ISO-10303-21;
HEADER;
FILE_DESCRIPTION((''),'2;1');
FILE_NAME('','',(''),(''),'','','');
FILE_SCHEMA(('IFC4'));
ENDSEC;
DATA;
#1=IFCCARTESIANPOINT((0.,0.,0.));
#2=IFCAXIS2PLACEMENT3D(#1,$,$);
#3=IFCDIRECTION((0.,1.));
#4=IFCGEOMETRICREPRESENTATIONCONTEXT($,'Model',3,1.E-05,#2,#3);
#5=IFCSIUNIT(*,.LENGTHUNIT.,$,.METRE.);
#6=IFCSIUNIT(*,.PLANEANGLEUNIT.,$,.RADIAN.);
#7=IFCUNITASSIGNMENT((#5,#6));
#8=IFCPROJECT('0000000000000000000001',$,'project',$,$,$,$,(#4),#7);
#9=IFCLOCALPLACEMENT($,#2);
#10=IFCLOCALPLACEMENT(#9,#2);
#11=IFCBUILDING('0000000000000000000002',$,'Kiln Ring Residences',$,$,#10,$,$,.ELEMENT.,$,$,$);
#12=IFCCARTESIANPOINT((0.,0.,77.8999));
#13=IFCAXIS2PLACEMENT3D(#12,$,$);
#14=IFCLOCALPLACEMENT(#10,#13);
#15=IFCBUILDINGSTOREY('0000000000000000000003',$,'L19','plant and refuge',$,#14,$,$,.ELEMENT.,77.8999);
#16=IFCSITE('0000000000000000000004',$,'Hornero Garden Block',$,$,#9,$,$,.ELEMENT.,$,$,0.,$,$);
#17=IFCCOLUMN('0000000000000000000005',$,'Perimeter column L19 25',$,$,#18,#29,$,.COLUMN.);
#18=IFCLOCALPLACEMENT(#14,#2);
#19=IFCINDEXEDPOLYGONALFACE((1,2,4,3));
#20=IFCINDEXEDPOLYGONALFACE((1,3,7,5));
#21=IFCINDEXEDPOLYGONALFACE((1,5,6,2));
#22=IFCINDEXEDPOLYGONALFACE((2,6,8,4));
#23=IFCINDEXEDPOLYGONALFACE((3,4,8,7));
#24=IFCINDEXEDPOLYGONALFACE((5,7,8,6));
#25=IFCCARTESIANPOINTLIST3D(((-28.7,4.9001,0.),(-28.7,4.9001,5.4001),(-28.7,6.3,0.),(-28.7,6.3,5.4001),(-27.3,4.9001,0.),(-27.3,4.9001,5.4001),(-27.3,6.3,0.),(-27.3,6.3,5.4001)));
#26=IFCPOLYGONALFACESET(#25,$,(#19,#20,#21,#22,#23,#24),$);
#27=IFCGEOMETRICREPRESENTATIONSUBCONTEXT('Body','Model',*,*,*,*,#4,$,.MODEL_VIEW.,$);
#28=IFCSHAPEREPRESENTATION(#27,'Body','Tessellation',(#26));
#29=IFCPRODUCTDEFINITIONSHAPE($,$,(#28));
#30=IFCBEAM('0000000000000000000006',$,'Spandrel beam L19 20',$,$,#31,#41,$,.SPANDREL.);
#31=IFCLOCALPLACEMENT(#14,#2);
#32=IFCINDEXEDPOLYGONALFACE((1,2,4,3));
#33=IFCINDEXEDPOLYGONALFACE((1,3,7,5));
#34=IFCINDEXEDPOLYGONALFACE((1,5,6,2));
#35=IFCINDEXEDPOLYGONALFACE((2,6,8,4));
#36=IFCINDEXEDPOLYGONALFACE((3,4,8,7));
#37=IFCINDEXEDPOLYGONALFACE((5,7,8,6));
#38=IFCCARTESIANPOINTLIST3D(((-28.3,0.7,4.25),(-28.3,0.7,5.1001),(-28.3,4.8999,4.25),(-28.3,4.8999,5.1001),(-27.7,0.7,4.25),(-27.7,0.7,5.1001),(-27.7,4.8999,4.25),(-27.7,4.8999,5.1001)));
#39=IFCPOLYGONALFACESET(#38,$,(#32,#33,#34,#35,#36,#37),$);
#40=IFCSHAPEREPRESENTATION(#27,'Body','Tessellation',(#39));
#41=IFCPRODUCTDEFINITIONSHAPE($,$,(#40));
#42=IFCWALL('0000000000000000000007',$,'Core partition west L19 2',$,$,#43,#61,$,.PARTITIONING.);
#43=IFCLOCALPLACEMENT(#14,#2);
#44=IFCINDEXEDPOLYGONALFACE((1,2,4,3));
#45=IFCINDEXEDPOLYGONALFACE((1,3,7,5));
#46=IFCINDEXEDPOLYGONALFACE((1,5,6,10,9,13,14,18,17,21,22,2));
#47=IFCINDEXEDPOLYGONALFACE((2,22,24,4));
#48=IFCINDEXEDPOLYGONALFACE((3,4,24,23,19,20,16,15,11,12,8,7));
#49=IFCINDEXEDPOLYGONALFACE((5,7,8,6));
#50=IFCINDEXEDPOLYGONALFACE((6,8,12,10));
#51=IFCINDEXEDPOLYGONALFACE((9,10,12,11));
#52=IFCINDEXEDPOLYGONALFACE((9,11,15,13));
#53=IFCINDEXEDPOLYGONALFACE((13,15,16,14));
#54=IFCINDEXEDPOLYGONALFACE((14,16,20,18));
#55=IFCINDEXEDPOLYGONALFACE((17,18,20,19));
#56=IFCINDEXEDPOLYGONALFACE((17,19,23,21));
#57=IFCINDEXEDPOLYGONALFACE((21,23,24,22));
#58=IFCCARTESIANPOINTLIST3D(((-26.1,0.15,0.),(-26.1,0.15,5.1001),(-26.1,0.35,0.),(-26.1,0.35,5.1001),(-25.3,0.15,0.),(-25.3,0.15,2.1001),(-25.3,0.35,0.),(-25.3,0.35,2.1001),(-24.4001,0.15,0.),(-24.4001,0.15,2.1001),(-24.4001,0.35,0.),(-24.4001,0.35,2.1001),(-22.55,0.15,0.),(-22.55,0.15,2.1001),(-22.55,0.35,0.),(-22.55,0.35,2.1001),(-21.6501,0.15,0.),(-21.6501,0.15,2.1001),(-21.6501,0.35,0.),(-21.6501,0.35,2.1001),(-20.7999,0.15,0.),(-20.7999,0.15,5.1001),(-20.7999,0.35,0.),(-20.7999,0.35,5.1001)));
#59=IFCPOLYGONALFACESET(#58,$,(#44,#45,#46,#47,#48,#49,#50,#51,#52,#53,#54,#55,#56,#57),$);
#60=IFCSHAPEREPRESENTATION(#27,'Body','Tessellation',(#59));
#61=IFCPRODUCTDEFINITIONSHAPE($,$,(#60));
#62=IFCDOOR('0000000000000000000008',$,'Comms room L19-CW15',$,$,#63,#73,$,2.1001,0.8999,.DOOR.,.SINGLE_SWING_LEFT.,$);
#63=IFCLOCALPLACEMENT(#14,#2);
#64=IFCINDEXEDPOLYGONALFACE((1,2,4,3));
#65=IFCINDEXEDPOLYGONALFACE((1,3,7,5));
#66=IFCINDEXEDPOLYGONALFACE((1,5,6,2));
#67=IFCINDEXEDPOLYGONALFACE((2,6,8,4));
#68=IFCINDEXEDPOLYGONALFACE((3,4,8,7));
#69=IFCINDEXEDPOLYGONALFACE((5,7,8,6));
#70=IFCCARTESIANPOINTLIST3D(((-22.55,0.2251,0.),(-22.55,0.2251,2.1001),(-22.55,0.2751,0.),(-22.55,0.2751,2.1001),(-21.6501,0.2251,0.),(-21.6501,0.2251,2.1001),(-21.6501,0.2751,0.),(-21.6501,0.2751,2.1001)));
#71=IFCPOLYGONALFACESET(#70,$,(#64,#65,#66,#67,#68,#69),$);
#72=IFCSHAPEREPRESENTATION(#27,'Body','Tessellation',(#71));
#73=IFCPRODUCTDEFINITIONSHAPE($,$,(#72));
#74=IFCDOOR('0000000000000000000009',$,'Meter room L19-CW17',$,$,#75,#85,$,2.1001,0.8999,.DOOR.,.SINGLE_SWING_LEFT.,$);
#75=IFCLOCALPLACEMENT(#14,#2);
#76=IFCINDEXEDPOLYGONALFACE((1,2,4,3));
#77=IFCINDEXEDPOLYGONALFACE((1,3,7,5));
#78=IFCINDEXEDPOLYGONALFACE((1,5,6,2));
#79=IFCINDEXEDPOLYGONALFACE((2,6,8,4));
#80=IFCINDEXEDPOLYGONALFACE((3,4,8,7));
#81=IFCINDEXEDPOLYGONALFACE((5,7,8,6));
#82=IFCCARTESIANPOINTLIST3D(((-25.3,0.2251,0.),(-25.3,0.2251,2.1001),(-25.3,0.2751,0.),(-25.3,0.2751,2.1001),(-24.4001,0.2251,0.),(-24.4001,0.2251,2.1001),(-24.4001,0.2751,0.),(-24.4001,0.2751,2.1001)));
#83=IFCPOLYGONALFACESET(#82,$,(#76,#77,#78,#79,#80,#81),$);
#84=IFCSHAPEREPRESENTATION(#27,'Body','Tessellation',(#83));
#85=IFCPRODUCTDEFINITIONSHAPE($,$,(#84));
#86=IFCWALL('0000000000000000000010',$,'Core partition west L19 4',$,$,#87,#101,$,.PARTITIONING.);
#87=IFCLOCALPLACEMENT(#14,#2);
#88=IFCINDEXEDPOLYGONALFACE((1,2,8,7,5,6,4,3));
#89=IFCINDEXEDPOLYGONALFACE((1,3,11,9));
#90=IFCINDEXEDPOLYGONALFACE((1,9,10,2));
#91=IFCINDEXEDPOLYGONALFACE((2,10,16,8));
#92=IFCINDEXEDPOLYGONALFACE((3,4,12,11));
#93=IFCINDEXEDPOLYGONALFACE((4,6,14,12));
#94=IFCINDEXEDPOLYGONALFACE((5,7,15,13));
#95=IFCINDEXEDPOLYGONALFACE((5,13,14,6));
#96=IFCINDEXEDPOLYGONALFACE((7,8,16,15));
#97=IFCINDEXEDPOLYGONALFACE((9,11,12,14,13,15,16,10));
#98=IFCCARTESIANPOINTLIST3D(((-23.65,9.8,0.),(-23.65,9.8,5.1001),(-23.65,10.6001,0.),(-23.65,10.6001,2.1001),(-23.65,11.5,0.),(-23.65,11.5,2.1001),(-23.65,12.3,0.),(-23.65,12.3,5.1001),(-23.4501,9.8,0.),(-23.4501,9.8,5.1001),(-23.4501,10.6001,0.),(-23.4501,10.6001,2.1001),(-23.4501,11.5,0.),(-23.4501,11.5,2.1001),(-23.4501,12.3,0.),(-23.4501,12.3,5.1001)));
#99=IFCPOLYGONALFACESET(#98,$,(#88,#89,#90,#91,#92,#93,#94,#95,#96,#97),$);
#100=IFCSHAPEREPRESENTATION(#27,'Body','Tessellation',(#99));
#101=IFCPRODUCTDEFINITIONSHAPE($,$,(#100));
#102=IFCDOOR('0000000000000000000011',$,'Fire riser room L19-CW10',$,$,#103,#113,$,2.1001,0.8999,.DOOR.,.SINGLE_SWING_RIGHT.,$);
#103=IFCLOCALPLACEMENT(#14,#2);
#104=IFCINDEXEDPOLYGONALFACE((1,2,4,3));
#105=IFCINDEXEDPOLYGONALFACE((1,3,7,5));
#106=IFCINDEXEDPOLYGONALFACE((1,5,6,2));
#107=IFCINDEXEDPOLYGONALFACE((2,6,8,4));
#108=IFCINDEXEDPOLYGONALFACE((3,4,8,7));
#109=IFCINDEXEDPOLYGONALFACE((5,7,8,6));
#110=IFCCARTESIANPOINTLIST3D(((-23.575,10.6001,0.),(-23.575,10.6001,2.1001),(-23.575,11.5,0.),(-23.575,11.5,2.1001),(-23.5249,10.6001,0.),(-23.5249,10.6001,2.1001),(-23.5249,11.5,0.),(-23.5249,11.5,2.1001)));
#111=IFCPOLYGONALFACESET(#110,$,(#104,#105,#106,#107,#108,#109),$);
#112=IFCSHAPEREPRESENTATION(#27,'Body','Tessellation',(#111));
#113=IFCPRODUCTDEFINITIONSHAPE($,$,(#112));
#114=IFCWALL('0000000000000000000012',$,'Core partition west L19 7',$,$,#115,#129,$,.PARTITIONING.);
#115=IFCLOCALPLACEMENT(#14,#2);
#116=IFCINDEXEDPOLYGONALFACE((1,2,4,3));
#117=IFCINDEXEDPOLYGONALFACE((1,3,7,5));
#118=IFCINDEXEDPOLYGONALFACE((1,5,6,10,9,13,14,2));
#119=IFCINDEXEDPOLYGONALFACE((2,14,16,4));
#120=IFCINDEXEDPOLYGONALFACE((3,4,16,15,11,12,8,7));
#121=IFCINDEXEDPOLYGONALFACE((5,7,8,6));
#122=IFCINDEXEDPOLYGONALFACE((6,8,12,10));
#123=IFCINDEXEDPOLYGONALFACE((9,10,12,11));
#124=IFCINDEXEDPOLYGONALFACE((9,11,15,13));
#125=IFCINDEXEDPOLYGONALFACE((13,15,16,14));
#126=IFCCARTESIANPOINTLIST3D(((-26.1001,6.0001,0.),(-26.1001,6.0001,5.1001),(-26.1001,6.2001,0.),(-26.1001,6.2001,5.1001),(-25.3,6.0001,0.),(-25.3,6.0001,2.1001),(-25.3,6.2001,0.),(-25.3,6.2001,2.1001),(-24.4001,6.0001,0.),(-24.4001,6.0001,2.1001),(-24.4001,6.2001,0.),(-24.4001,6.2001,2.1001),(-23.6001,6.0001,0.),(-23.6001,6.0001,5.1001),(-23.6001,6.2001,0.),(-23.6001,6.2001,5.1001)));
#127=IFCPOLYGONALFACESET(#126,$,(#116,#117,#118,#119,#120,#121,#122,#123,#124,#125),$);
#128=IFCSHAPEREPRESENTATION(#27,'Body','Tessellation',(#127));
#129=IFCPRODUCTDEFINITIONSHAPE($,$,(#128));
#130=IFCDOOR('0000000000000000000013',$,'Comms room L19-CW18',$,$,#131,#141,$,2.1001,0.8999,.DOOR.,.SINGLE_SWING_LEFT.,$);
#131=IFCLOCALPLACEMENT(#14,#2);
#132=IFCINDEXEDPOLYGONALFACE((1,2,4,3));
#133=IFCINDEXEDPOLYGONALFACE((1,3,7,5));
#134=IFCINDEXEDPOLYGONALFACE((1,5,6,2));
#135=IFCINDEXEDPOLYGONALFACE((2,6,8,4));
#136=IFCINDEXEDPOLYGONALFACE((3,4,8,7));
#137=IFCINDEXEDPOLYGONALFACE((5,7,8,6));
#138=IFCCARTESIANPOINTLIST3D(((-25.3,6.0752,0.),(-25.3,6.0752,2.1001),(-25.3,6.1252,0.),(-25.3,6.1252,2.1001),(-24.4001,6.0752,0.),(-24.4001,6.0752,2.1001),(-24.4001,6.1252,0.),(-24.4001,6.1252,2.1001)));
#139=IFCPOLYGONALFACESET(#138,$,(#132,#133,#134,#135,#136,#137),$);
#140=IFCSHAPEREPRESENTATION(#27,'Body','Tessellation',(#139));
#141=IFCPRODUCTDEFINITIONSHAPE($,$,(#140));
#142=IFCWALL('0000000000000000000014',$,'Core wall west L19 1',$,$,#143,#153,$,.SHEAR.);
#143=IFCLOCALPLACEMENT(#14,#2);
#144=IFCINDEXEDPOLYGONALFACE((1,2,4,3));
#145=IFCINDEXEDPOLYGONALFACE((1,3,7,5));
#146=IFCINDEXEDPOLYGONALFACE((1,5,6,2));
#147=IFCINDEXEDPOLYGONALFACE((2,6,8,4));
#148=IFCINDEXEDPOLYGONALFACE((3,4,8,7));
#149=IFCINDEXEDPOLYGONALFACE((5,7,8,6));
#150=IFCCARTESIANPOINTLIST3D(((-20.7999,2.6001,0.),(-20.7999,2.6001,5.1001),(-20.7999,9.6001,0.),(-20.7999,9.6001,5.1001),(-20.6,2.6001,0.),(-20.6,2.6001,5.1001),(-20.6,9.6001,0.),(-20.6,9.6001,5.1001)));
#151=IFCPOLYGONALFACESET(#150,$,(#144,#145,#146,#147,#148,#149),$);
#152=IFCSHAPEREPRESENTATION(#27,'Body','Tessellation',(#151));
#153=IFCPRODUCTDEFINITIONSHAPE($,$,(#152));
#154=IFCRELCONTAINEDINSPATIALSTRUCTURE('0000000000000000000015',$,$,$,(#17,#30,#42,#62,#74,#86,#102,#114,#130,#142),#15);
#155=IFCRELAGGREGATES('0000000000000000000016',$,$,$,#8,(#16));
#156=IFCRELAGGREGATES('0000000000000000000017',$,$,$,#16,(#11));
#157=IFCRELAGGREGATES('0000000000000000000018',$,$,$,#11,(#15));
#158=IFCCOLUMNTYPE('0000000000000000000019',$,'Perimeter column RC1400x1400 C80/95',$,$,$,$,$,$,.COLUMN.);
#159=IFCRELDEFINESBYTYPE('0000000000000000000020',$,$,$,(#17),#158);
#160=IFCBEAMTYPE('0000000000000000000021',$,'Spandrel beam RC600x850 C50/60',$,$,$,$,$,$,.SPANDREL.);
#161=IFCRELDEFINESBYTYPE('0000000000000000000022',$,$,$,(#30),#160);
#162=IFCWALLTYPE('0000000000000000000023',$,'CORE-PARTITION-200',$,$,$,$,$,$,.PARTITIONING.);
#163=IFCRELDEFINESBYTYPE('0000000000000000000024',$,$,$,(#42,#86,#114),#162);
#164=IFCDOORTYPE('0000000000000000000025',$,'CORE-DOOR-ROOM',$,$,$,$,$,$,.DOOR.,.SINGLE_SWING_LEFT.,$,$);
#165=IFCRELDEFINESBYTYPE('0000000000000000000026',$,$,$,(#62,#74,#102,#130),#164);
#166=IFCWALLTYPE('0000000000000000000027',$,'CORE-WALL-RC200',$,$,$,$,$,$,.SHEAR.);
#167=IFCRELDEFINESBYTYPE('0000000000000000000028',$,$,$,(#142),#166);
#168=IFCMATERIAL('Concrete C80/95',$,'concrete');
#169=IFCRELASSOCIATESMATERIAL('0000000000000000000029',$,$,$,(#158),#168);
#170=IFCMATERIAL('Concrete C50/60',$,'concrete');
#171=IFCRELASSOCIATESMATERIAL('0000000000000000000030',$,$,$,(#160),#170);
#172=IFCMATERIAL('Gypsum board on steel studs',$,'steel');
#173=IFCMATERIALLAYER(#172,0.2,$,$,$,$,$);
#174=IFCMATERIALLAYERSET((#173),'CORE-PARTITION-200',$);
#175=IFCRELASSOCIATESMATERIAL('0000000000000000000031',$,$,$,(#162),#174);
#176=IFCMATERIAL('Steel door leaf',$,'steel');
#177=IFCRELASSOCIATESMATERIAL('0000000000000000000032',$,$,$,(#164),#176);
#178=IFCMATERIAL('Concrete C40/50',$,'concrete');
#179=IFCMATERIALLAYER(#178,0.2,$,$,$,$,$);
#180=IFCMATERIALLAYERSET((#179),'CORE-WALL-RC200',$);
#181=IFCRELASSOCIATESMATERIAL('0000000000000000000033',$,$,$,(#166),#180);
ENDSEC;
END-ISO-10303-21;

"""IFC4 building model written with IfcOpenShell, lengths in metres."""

from ifc_helpers import new_model, si_unit, direction, frame, frame_2d, origin, origin_2d, place, context, subcontext, project, spatial, rectangle, extrude, material, layer, layer_set, material_profile, profile_set, type_object, element, fill, save


model = new_model("IFC4")

# Units and contexts
model_context = context("Model", 3, precision=1e-05, world=origin(), true_north=direction((0.0, 1.0)))
body_context = subcontext(model_context, "Body", "Model", "MODEL_VIEW")
ifc_project = project(units=[si_unit("LENGTHUNIT", "METRE"), si_unit("PLANEANGLEUNIT", "RADIAN")], contexts=[model_context])

# Site, building, storey
site_placement = place(None, origin())
site = spatial("IfcSite", under=ifc_project, at=site_placement, Name="Hornero Garden Block", CompositionType="ELEMENT", RefElevation=0.0)
building_placement = place(site_placement, origin())
building = spatial("IfcBuilding", under=site, at=building_placement, Name="Kiln Ring Residences", CompositionType="ELEMENT")
storey_placement = place(building_placement, frame((0.0, 0.0, 77.8999)))
storey = spatial("IfcBuildingStorey", under=building, at=storey_placement, Name="L19", Description="plant and refuge", CompositionType="ELEMENT", Elevation=77.8999)

# Column
ifc_material_1 = material(Name="Concrete C80/95", Category="concrete")
ifc_material_profile_1 = material_profile(ifc_material_1, rectangle(XDim=1.3999, YDim=1.3999, at=origin_2d()), Name="RC1400x1400")
ifc_profile_set_1 = profile_set([ifc_material_profile_1], Name="Concrete C80/95")
column_type = type_object("IfcColumnType", Name="Perimeter column RC1400x1400 C80/95", PredefinedType="COLUMN", material=ifc_profile_set_1)
column_placement = place(storey_placement, frame((-28.0, 5.6001, 0.0), z_axis=(0.0, 0.0, 1.0), x_axis=(1.0, 0.0, 0.0)))
element("IfcColumn", 1, at=column_placement, inside=storey, type_object=column_type, Name="Perimeter column L19 25", PredefinedType="COLUMN", context=body_context, shape_type="SweptSolid", body=[
    extrude(rectangle(XDim=1.3999, YDim=1.3999, at=origin_2d()), origin(), (0.0, 0.0, 1.0), 5.4001),
])

# Beam
ifc_material_2 = material(Name="Concrete C50/60", Category="concrete")
ifc_material_profile_2 = material_profile(ifc_material_2, rectangle(XDim=0.6001, YDim=0.8501, at=origin_2d()), Name="RC600x850")
ifc_profile_set_2 = profile_set([ifc_material_profile_2], Name="Concrete C50/60")
beam_type = type_object("IfcBeamType", Name="Spandrel beam RC600x850 C50/60", PredefinedType="SPANDREL", material=ifc_profile_set_2)
beam_placement = place(storey_placement, frame((-28.0, 4.8999, 4.675), z_axis=(0.0, -1.0, 0.0), x_axis=(1.0, 0.0, 0.0)))
element("IfcBeam", 2, at=beam_placement, inside=storey, type_object=beam_type, Name="Spandrel beam L19 20", PredefinedType="SPANDREL", context=body_context, shape_type="SweptSolid", body=[
    extrude(rectangle(XDim=0.6001, YDim=0.8501, at=origin_2d()), origin(), (0.0, 0.0, 1.0), 4.2),
])

# Wall, openings, doors
ifc_material_3 = material(Name="Gypsum board on steel studs", Category="steel")
ifc_layer_1 = layer(ifc_material_3, 0.2)
ifc_layer_set_1 = layer_set([ifc_layer_1], Name="CORE-PARTITION-200")
wall_type_1 = type_object("IfcWallType", Name="CORE-PARTITION-200", PredefinedType="PARTITIONING", material=ifc_layer_set_1)
wall_1_placement = place(storey_placement, frame((-20.8, 0.25, 0.0), z_axis=(0.0, 0.0, 1.0), x_axis=(-1.0, 0.0, 0.0)))
wall_1 = element("IfcWall", 3, at=wall_1_placement, inside=storey, type_object=wall_type_1, Name="Core partition west L19 2", PredefinedType="PARTITIONING", context=body_context, shape_type="SweptSolid", body=[
    extrude(rectangle(XDim=5.3, YDim=0.2, at=frame_2d((2.6499, 0.0))), origin(), (0.0, 0.0, 1.0), 5.1001),
])
opening_1_placement = place(wall_1_placement, frame((0.8501, 0.0, 0.0)))
opening_1 = element("IfcOpeningElement", 4, at=opening_1_placement, cuts=wall_1, PredefinedType="OPENING", context=body_context, shape_type="SweptSolid", body=[
    extrude(rectangle(XDim=0.8999, YDim=2.1001, at=frame_2d((0.45, 1.05))), frame((0.0, 0.1099, 0.0), z_axis=(0.0, -1.0, 0.0), x_axis=(1.0, 0.0, 0.0)), (0.0, 0.0, 1.0), 0.22),
])
opening_2_placement = place(wall_1_placement, frame((3.6001, 0.0, 0.0)))
opening_2 = element("IfcOpeningElement", 5, at=opening_2_placement, cuts=wall_1, PredefinedType="OPENING", context=body_context, shape_type="SweptSolid", body=[
    extrude(rectangle(XDim=0.8999, YDim=2.1001, at=frame_2d((0.45, 1.05))), frame((0.0, 0.1099, 0.0), z_axis=(0.0, -1.0, 0.0), x_axis=(1.0, 0.0, 0.0)), (0.0, 0.0, 1.0), 0.22),
])
ifc_material_4 = material(Name="Steel door leaf", Category="steel")
door_type = type_object("IfcDoorType", Name="CORE-DOOR-ROOM", OperationType="SINGLE_SWING_LEFT", PredefinedType="DOOR", material=ifc_material_4)
door_1_placement = place(opening_1_placement, origin())
door_1 = element("IfcDoor", 6, at=door_1_placement, inside=storey, type_object=door_type, Name="Comms room L19-CW15", OperationType="SINGLE_SWING_LEFT", OverallHeight=2.1001, OverallWidth=0.8999, PredefinedType="DOOR", context=body_context, shape_type="SweptSolid", body=[
    extrude(rectangle(XDim=0.8999, YDim=2.1001, at=frame_2d((0.45, 1.05))), frame((0.0, 0.0249, 0.0), z_axis=(0.0, -1.0, 0.0), x_axis=(1.0, 0.0, 0.0)), (0.0, 0.0, 1.0), 0.05),
])
fill(opening_1, door_1)
door_2_placement = place(opening_2_placement, origin())
door_2 = element("IfcDoor", 7, at=door_2_placement, inside=storey, type_object=door_type, Name="Meter room L19-CW17", OperationType="SINGLE_SWING_LEFT", OverallHeight=2.1001, OverallWidth=0.8999, PredefinedType="DOOR", context=body_context, shape_type="SweptSolid", body=[
    extrude(rectangle(XDim=0.8999, YDim=2.1001, at=frame_2d((0.45, 1.05))), frame((0.0, 0.0249, 0.0), z_axis=(0.0, -1.0, 0.0), x_axis=(1.0, 0.0, 0.0)), (0.0, 0.0, 1.0), 0.05),
])
fill(opening_2, door_2)

# Walls, openings, doors
wall_2_placement = place(storey_placement, frame((-23.55, 9.8, 0.0), z_axis=(0.0, 0.0, 1.0), x_axis=(0.0, 1.0, 0.0)))
wall_2 = element("IfcWall", 8, at=wall_2_placement, inside=storey, type_object=wall_type_1, Name="Core partition west L19 4", PredefinedType="PARTITIONING", context=body_context, shape_type="SweptSolid", body=[
    extrude(rectangle(XDim=2.5, YDim=0.2, at=frame_2d((1.25, 0.0))), origin(), (0.0, 0.0, 1.0), 5.1001),
])
opening_3_placement = place(wall_2_placement, frame((0.8, 0.0, 0.0)))
opening_3 = element("IfcOpeningElement", 9, at=opening_3_placement, cuts=wall_2, PredefinedType="OPENING", context=body_context, shape_type="SweptSolid", body=[
    extrude(rectangle(XDim=0.8999, YDim=2.1001, at=frame_2d((0.45, 1.05))), frame((0.0, 0.1099, 0.0), z_axis=(0.0, -1.0, 0.0), x_axis=(1.0, 0.0, 0.0)), (0.0, 0.0, 1.0), 0.22),
])
door_3_placement = place(opening_3_placement, origin())
door_3 = element("IfcDoor", 10, at=door_3_placement, inside=storey, type_object=door_type, Name="Fire riser room L19-CW10", OperationType="SINGLE_SWING_RIGHT", OverallHeight=2.1001, OverallWidth=0.8999, PredefinedType="DOOR", context=body_context, shape_type="SweptSolid", body=[
    extrude(rectangle(XDim=0.8999, YDim=2.1001, at=frame_2d((0.45, 1.05))), frame((0.0, 0.0249, 0.0), z_axis=(0.0, -1.0, 0.0), x_axis=(1.0, 0.0, 0.0)), (0.0, 0.0, 1.0), 0.05),
])
fill(opening_3, door_3)
wall_3_placement = place(storey_placement, frame((-23.6001, 6.1001, 0.0), z_axis=(0.0, 0.0, 1.0), x_axis=(-1.0, 0.0, 0.0)))
wall_3 = element("IfcWall", 11, at=wall_3_placement, inside=storey, type_object=wall_type_1, Name="Core partition west L19 7", PredefinedType="PARTITIONING", context=body_context, shape_type="SweptSolid", body=[
    extrude(rectangle(XDim=2.5, YDim=0.2, at=frame_2d((1.25, 0.0))), origin(), (0.0, 0.0, 1.0), 5.1001),
])
opening_4_placement = place(wall_3_placement, frame((0.8, 0.0, 0.0)))
opening_4 = element("IfcOpeningElement", 12, at=opening_4_placement, cuts=wall_3, PredefinedType="OPENING", context=body_context, shape_type="SweptSolid", body=[
    extrude(rectangle(XDim=0.8999, YDim=2.1001, at=frame_2d((0.45, 1.05))), frame((0.0, 0.1099, 0.0), z_axis=(0.0, -1.0, 0.0), x_axis=(1.0, 0.0, 0.0)), (0.0, 0.0, 1.0), 0.22),
])
door_4_placement = place(opening_4_placement, origin())
door_4 = element("IfcDoor", 13, at=door_4_placement, inside=storey, type_object=door_type, Name="Comms room L19-CW18", OperationType="SINGLE_SWING_LEFT", OverallHeight=2.1001, OverallWidth=0.8999, PredefinedType="DOOR", context=body_context, shape_type="SweptSolid", body=[
    extrude(rectangle(XDim=0.8999, YDim=2.1001, at=frame_2d((0.45, 1.05))), frame((0.0, 0.0249, 0.0), z_axis=(0.0, -1.0, 0.0), x_axis=(1.0, 0.0, 0.0)), (0.0, 0.0, 1.0), 0.05),
])
fill(opening_4, door_4)

# Wall
ifc_material_5 = material(Name="Concrete C40/50", Category="concrete")
ifc_layer_2 = layer(ifc_material_5, 0.2)
ifc_layer_set_2 = layer_set([ifc_layer_2], Name="CORE-WALL-RC200")
wall_type_2 = type_object("IfcWallType", Name="CORE-WALL-RC200", PredefinedType="SHEAR", material=ifc_layer_set_2)
wall_4_placement = place(storey_placement, frame((-20.7, 2.6001, 0.0), z_axis=(0.0, 0.0, 1.0), x_axis=(0.0, 1.0, 0.0)))
element("IfcWall", 14, at=wall_4_placement, inside=storey, type_object=wall_type_2, Name="Core wall west L19 1", PredefinedType="SHEAR", context=body_context, shape_type="SweptSolid", body=[
    extrude(rectangle(XDim=7.0, YDim=0.2, at=frame_2d((3.5, 0.0))), origin(), (0.0, 0.0, 1.0), 5.1001),
])

save(model, "model.ifc")
